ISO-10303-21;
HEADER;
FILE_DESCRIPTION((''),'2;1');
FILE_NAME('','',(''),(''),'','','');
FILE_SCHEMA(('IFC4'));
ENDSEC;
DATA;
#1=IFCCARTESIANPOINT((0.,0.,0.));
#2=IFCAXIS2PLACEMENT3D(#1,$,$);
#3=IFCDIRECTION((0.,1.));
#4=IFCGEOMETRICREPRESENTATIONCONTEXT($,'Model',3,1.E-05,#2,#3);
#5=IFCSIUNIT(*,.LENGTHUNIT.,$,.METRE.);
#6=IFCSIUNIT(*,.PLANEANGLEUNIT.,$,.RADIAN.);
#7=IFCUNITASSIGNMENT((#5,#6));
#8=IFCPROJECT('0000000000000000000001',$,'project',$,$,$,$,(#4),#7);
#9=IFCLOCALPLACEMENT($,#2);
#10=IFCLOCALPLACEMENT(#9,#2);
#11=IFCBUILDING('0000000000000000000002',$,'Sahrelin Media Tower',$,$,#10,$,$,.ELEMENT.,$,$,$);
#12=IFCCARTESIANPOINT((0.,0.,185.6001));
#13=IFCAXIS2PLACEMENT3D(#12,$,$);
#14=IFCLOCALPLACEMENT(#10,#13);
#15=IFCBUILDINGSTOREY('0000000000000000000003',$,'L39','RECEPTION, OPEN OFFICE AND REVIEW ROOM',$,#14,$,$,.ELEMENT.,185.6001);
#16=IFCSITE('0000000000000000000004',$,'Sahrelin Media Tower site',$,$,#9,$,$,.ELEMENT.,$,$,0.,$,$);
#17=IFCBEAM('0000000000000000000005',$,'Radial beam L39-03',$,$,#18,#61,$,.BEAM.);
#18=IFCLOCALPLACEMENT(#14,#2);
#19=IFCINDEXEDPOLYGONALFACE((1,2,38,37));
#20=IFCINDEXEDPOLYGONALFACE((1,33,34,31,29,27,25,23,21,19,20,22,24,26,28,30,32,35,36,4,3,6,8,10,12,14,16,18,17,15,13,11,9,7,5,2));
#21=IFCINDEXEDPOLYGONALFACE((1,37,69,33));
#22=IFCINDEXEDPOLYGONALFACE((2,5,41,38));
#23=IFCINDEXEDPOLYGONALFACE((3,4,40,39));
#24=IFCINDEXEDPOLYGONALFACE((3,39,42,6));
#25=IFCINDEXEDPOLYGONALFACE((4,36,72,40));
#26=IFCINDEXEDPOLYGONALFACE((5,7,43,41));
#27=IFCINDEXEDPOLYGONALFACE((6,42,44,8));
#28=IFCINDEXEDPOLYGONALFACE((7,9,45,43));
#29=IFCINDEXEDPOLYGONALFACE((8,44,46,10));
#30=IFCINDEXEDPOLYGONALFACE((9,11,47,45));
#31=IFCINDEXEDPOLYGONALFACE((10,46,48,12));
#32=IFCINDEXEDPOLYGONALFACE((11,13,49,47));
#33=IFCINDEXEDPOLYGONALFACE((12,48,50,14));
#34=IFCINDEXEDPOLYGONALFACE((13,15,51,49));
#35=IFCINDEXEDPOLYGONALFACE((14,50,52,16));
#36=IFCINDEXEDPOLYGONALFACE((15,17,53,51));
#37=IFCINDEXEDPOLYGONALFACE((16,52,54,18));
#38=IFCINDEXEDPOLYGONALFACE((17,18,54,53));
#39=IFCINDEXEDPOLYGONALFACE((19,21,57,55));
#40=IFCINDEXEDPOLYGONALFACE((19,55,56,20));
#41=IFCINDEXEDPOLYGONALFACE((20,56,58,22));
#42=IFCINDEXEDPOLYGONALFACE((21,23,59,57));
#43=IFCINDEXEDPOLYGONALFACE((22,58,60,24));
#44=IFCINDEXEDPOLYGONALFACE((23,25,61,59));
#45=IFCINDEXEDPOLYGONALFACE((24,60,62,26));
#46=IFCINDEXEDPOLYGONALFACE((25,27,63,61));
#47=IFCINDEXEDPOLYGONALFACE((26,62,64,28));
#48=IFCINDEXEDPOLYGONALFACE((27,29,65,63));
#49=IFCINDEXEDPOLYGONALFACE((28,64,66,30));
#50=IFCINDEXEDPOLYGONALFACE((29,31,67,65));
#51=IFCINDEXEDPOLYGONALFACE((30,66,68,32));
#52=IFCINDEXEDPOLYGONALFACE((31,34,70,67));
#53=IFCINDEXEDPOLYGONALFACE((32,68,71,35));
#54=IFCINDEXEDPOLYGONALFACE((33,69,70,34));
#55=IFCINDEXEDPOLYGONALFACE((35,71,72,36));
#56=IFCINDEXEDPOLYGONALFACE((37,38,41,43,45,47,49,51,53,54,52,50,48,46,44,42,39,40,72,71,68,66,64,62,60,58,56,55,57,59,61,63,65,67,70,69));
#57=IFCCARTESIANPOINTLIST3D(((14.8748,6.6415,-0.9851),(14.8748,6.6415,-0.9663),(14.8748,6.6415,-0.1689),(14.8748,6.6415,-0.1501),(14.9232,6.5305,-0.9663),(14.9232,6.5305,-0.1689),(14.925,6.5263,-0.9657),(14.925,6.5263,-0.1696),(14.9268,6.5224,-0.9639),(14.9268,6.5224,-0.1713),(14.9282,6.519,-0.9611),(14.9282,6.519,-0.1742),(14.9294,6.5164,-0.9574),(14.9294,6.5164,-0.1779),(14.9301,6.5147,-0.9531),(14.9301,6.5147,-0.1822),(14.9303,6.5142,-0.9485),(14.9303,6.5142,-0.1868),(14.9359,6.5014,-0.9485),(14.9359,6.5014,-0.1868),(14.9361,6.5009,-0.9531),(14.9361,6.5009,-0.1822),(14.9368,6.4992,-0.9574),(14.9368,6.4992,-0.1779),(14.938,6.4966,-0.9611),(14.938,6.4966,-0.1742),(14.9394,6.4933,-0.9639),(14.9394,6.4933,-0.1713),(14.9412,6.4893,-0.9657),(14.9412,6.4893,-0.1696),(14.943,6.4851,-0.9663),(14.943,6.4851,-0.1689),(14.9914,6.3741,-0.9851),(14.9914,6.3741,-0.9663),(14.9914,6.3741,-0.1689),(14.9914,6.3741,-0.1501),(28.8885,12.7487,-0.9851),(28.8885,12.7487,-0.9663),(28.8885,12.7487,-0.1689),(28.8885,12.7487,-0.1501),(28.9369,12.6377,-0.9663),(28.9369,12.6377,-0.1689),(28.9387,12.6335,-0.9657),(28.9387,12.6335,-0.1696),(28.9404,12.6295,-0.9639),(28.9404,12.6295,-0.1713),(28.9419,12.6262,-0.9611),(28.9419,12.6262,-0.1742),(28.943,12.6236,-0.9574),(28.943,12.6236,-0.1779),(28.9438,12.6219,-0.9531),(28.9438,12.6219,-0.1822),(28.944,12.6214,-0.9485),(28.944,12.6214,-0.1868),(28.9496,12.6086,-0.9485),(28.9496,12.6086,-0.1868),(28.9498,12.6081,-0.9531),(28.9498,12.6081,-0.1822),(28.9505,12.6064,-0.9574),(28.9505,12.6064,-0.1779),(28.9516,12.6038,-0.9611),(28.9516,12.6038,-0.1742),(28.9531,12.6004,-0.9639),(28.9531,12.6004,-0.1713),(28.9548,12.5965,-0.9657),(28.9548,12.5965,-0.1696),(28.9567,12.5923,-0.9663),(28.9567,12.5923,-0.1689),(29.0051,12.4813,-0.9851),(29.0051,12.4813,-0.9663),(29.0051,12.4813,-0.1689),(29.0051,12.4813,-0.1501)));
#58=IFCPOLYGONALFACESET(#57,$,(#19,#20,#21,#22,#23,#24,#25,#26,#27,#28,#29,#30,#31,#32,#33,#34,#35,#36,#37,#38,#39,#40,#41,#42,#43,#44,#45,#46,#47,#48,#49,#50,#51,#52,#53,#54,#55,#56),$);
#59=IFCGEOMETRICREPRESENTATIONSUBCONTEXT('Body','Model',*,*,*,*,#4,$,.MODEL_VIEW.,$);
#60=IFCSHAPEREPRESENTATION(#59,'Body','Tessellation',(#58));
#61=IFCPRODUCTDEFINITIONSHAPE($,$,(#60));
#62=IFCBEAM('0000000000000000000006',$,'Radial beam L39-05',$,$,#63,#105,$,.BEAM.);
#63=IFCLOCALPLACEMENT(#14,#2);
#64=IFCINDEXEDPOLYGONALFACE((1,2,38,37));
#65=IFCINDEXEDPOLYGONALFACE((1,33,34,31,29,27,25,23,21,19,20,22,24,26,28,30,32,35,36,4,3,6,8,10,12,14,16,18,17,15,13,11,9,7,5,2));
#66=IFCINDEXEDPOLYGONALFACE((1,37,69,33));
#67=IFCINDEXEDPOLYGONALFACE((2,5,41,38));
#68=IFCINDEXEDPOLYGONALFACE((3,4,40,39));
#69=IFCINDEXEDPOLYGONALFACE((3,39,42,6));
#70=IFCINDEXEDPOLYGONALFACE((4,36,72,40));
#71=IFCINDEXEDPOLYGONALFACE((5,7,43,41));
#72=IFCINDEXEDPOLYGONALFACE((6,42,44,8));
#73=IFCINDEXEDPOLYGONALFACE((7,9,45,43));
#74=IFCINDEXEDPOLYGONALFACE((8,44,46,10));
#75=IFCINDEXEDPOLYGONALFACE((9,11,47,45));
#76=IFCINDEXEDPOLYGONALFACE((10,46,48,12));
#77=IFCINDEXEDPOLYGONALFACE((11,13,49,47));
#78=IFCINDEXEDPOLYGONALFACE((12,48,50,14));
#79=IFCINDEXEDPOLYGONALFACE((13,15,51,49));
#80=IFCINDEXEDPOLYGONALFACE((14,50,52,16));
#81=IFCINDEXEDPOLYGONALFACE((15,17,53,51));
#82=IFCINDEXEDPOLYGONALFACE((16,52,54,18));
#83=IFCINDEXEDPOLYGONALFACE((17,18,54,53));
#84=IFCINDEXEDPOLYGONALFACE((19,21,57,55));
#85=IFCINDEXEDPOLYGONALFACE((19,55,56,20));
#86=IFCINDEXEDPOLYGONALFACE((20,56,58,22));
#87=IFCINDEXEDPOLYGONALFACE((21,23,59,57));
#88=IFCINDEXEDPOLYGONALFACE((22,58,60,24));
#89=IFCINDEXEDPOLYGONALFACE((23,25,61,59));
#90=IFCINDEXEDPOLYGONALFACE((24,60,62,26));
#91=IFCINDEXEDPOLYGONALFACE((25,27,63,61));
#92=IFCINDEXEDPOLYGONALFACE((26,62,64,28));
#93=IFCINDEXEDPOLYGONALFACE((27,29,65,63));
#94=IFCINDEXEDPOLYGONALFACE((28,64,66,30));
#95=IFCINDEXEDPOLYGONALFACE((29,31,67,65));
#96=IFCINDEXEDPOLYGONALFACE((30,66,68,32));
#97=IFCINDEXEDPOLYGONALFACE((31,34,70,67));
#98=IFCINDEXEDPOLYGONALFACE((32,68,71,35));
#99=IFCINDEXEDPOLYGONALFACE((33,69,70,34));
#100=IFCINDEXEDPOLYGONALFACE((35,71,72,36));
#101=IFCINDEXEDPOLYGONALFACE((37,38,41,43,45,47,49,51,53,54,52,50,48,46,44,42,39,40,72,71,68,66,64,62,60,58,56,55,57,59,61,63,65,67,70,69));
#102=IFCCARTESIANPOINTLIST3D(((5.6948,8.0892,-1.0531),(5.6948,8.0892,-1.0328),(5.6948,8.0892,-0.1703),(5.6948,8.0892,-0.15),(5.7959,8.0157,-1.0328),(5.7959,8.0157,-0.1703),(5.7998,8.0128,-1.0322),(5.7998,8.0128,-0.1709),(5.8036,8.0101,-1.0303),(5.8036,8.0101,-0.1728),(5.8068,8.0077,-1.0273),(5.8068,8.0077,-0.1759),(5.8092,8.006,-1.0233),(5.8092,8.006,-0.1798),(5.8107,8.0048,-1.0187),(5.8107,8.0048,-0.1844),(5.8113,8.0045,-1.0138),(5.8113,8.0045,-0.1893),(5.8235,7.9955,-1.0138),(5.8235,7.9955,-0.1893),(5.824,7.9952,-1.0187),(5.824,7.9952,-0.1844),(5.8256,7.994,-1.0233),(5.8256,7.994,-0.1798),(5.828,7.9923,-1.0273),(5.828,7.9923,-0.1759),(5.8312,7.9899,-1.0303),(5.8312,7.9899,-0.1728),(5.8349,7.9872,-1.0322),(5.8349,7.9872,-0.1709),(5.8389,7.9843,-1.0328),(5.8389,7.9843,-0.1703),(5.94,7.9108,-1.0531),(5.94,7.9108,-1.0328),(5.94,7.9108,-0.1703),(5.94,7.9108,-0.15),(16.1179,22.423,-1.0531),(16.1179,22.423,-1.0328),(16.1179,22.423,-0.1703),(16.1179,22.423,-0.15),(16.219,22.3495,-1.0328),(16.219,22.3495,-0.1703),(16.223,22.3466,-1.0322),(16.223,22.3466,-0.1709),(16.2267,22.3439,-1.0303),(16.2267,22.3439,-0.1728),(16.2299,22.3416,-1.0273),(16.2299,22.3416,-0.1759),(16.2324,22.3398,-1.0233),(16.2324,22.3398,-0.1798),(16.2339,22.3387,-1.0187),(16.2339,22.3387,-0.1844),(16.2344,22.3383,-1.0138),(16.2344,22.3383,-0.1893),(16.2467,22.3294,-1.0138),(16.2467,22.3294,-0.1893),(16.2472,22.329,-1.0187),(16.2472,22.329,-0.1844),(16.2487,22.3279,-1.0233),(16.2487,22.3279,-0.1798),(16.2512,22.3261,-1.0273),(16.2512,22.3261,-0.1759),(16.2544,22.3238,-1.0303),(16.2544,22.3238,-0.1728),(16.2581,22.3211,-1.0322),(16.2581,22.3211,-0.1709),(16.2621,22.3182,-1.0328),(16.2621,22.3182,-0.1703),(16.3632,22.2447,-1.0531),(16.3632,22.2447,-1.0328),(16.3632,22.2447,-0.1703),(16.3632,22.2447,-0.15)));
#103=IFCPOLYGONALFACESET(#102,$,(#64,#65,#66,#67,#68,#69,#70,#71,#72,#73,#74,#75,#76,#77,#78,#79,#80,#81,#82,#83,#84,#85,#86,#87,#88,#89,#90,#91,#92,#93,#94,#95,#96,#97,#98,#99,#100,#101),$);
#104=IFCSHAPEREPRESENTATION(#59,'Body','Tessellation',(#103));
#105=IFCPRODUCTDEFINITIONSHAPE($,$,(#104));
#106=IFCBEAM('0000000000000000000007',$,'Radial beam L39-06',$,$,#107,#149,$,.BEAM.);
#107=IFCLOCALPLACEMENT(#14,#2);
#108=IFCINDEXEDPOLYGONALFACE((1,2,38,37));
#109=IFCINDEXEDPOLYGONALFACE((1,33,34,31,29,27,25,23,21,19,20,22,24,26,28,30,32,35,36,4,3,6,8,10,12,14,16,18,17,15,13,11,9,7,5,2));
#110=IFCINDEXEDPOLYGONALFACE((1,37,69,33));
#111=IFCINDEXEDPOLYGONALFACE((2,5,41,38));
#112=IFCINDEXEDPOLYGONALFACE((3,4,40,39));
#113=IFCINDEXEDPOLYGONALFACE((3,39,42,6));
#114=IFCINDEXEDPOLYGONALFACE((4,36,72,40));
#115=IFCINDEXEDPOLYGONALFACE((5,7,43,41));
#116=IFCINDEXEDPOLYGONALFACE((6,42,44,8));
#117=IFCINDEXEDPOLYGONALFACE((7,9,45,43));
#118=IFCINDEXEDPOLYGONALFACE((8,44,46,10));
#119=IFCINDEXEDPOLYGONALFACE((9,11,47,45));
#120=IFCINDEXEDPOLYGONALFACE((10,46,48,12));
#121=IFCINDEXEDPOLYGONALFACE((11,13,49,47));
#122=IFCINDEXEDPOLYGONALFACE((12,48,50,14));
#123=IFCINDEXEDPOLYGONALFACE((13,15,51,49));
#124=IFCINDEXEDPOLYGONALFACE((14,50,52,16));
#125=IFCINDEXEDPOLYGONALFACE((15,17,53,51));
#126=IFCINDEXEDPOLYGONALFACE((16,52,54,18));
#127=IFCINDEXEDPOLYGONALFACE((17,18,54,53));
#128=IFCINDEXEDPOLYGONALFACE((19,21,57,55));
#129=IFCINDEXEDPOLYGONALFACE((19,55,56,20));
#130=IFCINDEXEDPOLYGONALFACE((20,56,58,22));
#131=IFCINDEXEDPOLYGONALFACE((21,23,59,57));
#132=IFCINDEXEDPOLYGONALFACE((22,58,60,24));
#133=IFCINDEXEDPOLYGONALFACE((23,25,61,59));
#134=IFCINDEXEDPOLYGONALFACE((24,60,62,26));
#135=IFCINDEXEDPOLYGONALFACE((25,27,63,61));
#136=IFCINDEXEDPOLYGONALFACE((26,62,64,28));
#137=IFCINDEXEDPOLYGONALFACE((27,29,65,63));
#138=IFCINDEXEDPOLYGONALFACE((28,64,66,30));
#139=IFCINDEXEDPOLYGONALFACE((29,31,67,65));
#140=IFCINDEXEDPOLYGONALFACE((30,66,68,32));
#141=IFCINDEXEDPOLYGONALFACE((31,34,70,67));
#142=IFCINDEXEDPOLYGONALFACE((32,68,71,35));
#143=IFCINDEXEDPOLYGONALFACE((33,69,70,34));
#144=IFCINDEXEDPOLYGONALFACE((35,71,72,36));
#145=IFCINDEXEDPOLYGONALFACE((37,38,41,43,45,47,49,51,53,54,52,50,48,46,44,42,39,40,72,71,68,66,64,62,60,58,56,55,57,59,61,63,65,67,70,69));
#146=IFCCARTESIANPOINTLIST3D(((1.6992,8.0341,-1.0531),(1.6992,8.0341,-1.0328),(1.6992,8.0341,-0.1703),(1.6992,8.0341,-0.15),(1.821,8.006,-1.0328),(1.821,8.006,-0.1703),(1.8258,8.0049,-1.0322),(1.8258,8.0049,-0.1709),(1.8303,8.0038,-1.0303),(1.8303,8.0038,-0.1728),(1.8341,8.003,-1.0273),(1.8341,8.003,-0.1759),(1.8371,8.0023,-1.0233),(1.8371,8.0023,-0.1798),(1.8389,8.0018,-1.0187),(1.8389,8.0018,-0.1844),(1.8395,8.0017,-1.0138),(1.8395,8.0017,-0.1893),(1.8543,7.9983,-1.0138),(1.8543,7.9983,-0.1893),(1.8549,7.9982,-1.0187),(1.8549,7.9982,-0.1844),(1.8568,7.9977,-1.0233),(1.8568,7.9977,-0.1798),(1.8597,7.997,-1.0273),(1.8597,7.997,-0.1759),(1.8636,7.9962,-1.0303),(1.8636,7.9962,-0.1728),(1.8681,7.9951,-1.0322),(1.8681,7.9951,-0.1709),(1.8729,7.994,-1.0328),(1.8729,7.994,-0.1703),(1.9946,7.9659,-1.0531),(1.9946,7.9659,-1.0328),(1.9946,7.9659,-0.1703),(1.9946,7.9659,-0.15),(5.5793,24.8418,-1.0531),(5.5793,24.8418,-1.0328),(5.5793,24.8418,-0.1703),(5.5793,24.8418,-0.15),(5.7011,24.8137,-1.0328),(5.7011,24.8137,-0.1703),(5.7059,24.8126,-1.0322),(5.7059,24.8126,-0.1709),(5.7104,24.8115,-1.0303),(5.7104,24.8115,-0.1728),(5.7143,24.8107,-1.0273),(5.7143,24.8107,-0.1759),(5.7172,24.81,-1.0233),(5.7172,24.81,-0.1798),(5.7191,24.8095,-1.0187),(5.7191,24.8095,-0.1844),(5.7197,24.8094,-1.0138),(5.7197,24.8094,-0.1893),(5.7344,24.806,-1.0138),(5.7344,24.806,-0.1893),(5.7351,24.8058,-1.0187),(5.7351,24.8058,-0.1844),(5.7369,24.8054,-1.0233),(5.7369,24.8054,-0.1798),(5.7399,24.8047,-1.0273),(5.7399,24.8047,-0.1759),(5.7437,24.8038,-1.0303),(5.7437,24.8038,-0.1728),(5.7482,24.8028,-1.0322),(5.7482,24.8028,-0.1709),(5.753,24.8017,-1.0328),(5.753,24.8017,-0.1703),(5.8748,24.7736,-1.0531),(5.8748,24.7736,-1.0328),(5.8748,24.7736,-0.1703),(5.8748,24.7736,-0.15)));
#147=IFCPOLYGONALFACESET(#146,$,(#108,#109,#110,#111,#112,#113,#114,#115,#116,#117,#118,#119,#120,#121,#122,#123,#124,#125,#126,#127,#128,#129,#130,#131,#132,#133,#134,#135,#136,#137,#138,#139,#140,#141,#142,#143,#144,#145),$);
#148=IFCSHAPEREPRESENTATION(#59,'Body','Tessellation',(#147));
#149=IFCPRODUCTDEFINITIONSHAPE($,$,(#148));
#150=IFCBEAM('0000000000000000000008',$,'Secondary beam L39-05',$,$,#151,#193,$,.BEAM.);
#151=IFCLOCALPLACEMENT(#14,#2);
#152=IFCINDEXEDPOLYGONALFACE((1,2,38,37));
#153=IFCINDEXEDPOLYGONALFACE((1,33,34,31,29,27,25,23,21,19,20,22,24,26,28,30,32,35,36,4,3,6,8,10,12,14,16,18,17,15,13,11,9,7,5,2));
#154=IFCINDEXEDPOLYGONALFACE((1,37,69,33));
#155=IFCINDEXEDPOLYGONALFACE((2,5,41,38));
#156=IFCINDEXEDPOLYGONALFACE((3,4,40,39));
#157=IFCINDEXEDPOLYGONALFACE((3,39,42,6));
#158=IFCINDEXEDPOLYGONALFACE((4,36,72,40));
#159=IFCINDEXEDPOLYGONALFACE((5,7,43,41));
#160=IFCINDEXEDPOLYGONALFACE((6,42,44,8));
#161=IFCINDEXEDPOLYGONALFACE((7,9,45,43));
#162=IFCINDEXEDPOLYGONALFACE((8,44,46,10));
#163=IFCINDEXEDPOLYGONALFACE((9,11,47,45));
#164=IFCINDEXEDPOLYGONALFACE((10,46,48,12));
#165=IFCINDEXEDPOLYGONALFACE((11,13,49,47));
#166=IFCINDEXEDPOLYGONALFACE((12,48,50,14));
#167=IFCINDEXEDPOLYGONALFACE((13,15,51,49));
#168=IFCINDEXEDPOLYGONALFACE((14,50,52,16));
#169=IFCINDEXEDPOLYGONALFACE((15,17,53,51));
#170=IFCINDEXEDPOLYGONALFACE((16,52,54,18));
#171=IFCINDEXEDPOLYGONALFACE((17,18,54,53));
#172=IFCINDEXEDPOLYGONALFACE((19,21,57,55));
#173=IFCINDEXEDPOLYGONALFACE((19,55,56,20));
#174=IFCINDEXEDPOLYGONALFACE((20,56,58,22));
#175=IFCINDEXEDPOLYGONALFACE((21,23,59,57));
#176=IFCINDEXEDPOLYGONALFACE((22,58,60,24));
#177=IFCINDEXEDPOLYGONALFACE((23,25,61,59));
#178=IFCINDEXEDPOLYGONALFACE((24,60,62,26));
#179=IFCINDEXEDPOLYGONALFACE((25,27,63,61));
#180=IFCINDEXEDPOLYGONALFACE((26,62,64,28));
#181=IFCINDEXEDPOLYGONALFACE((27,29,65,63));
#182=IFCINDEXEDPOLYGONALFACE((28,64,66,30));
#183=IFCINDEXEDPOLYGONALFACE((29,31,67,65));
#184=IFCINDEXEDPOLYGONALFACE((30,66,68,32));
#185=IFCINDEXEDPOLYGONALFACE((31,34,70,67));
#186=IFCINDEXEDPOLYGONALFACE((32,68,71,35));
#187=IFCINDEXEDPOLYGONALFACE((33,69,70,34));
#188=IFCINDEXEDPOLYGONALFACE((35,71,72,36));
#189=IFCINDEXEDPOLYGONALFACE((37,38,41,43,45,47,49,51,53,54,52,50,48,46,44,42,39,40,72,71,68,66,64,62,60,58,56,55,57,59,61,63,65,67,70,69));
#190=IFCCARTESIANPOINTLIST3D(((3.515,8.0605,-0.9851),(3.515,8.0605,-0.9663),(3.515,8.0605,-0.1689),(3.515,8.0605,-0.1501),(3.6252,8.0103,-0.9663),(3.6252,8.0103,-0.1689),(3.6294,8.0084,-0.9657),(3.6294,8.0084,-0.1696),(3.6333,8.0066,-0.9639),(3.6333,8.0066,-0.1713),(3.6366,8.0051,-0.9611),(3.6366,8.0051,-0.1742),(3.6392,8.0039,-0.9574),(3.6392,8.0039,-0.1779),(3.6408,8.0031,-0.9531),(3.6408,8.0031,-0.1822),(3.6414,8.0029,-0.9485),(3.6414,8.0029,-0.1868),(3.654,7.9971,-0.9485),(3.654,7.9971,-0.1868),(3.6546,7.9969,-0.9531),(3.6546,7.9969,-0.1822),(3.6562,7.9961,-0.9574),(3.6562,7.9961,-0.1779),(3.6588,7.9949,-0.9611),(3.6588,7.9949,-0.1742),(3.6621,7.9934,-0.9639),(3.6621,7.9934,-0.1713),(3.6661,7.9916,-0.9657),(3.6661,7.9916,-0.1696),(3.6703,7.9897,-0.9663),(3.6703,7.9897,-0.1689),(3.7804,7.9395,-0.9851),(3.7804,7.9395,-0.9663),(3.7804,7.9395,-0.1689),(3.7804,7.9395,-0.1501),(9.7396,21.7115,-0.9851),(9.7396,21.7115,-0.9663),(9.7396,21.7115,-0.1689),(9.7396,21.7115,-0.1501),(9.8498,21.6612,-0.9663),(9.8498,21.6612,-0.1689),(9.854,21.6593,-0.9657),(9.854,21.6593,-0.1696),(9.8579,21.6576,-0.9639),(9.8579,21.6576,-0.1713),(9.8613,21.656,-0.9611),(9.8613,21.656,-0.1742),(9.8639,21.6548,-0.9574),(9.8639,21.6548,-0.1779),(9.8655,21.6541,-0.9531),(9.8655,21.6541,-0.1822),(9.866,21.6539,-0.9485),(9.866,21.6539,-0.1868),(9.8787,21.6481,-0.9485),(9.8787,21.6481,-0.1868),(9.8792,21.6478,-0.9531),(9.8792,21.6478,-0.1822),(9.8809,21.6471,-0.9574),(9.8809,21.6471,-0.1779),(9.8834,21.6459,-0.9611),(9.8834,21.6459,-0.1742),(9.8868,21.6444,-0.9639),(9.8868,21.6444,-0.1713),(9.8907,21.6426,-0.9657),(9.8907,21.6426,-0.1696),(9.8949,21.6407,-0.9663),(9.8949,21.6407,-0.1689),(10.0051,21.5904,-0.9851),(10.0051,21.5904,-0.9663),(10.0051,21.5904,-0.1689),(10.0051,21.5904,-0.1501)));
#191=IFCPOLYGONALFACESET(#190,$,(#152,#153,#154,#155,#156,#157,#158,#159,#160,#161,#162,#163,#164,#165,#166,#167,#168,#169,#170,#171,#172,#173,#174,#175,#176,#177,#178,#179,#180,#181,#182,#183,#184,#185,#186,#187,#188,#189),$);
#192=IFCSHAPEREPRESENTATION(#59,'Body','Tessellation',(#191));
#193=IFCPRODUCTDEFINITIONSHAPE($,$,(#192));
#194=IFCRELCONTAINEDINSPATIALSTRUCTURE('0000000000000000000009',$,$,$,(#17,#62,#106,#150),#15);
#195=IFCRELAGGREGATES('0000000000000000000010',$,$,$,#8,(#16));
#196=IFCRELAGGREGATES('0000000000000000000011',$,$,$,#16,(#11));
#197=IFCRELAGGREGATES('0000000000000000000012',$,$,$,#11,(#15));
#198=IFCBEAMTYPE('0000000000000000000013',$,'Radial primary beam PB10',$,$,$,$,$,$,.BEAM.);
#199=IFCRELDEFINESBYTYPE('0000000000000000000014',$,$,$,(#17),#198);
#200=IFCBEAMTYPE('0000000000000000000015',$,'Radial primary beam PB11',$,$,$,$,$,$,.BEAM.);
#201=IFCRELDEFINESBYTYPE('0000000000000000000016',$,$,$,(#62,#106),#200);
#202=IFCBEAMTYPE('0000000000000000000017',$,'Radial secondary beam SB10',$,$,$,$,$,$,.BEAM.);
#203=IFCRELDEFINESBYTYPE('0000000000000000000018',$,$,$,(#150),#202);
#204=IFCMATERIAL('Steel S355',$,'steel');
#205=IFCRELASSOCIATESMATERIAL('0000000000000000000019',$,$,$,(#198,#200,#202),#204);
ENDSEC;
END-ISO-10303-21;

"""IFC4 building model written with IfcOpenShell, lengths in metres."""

from ifc_helpers import new_model, si_unit, direction, frame, origin, origin_2d, place, context, subcontext, project, spatial, i_section, extrude, material, material_profile, profile_set, type_object, element, save


model = new_model("IFC4")

# Units and contexts
model_context = context("Model", 3, precision=1e-05, world=origin(), true_north=direction((0.0, 1.0)))
body_context = subcontext(model_context, "Body", "Model", "MODEL_VIEW")
ifc_project = project(units=[si_unit("LENGTHUNIT", "METRE"), si_unit("PLANEANGLEUNIT", "RADIAN")], contexts=[model_context])

# Site, building, storey
site_placement = place(None, origin())
site = spatial("IfcSite", under=ifc_project, at=site_placement, Name="Sahrelin Media Tower site", CompositionType="ELEMENT", RefElevation=0.0)
building_placement = place(site_placement, origin())
building = spatial("IfcBuilding", under=site, at=building_placement, Name="Sahrelin Media Tower", CompositionType="ELEMENT")
storey_placement = place(building_placement, frame((0.0, 0.0, 185.6001)))
storey = spatial("IfcBuildingStorey", under=building, at=storey_placement, Name="L39", Description="RECEPTION, OPEN OFFICE AND REVIEW ROOM", CompositionType="ELEMENT", Elevation=185.6001)

# Beams
ifc_material_1 = material(Name="Steel S355", Category="steel")
ifc_material_profile_1 = material_profile(ifc_material_1, i_section(OverallWidth=0.2917, OverallDepth=0.835, WebThickness=0.0139, FlangeThickness=0.0188, FilletRadius=0.0178, at=origin_2d()), Name="UB 838x292x176")
ifc_profile_set_1 = profile_set([ifc_material_profile_1], Name="Steel S355")
beam_type_1 = type_object("IfcBeamType", Name="Radial primary beam PB10", PredefinedType="BEAM", material=ifc_profile_set_1)
beam_1_placement = place(storey_placement, frame((14.9331, 6.5078, -0.5676), z_axis=(0.916728, 0.399511, 0.0), x_axis=(-0.399511, 0.916728, 0.0)))
element("IfcBeam", 1, at=beam_1_placement, inside=storey, type_object=beam_type_1, Name="Radial beam L39-03", PredefinedType="BEAM", context=body_context, shape_type="SweptSolid", body=[
    extrude(i_section(OverallWidth=0.2917, OverallDepth=0.835, WebThickness=0.0139, FlangeThickness=0.0188, FilletRadius=0.0178, at=origin_2d()), origin(), (0.0, 0.0, 1.0), 15.2866),
])
ifc_material_profile_2 = material_profile(ifc_material_1, i_section(OverallWidth=0.3032, OverallDepth=0.9031, WebThickness=0.0151, FlangeThickness=0.0203, FilletRadius=0.019, at=origin_2d()), Name="UB 914x305x201")
ifc_profile_set_2 = profile_set([ifc_material_profile_2], Name="Steel S355")
beam_type_2 = type_object("IfcBeamType", Name="Radial primary beam PB11", PredefinedType="BEAM", material=ifc_profile_set_2)
beam_2_placement = place(storey_placement, frame((5.8174, 8.0, -0.6016), z_axis=(0.588118, 0.808775, 0.0), x_axis=(-0.808775, 0.588118, 0.0)))
element("IfcBeam", 2, at=beam_2_placement, inside=storey, type_object=beam_type_2, Name="Radial beam L39-05", PredefinedType="BEAM", context=body_context, shape_type="SweptSolid", body=[
    extrude(i_section(OverallWidth=0.3032, OverallDepth=0.9031, WebThickness=0.0151, FlangeThickness=0.0203, FilletRadius=0.019, at=origin_2d()), origin(), (0.0, 0.0, 1.0), 17.7229),
])
beam_3_placement = place(storey_placement, frame((1.8469, 8.0, -0.6016), z_axis=(0.224939, 0.974373, 0.0), x_axis=(-0.974373, 0.224939, 0.0)))
element("IfcBeam", 3, at=beam_3_placement, inside=storey, type_object=beam_type_2, Name="Radial beam L39-06", PredefinedType="BEAM", context=body_context, shape_type="SweptSolid", body=[
    extrude(i_section(OverallWidth=0.3032, OverallDepth=0.9031, WebThickness=0.0151, FlangeThickness=0.0203, FilletRadius=0.019, at=origin_2d()), origin(), (0.0, 0.0, 1.0), 17.2498),
])
ifc_material_profile_3 = material_profile(ifc_material_1, i_section(OverallWidth=0.2917, OverallDepth=0.835, WebThickness=0.0139, FlangeThickness=0.0188, FilletRadius=0.0178, at=origin_2d()), Name="UB 838x292x176")
ifc_profile_set_3 = profile_set([ifc_material_profile_3], Name="Steel S355")
beam_type_3 = type_object("IfcBeamType", Name="Radial secondary beam SB10", PredefinedType="BEAM", material=ifc_profile_set_3)
beam_4_placement = place(storey_placement, frame((3.6477, 8.0, -0.5676), z_axis=(0.414889, 0.909872, 0.0), x_axis=(-0.909872, 0.414889, 0.0)))
element("IfcBeam", 4, at=beam_4_placement, inside=storey, type_object=beam_type_3, Name="Secondary beam L39-05", PredefinedType="BEAM", context=body_context, shape_type="SweptSolid", body=[
    extrude(i_section(OverallWidth=0.2917, OverallDepth=0.835, WebThickness=0.0139, FlangeThickness=0.0188, FilletRadius=0.0178, at=origin_2d()), origin(), (0.0, 0.0, 1.0), 15.0032),
])

save(model, "model.ifc")
